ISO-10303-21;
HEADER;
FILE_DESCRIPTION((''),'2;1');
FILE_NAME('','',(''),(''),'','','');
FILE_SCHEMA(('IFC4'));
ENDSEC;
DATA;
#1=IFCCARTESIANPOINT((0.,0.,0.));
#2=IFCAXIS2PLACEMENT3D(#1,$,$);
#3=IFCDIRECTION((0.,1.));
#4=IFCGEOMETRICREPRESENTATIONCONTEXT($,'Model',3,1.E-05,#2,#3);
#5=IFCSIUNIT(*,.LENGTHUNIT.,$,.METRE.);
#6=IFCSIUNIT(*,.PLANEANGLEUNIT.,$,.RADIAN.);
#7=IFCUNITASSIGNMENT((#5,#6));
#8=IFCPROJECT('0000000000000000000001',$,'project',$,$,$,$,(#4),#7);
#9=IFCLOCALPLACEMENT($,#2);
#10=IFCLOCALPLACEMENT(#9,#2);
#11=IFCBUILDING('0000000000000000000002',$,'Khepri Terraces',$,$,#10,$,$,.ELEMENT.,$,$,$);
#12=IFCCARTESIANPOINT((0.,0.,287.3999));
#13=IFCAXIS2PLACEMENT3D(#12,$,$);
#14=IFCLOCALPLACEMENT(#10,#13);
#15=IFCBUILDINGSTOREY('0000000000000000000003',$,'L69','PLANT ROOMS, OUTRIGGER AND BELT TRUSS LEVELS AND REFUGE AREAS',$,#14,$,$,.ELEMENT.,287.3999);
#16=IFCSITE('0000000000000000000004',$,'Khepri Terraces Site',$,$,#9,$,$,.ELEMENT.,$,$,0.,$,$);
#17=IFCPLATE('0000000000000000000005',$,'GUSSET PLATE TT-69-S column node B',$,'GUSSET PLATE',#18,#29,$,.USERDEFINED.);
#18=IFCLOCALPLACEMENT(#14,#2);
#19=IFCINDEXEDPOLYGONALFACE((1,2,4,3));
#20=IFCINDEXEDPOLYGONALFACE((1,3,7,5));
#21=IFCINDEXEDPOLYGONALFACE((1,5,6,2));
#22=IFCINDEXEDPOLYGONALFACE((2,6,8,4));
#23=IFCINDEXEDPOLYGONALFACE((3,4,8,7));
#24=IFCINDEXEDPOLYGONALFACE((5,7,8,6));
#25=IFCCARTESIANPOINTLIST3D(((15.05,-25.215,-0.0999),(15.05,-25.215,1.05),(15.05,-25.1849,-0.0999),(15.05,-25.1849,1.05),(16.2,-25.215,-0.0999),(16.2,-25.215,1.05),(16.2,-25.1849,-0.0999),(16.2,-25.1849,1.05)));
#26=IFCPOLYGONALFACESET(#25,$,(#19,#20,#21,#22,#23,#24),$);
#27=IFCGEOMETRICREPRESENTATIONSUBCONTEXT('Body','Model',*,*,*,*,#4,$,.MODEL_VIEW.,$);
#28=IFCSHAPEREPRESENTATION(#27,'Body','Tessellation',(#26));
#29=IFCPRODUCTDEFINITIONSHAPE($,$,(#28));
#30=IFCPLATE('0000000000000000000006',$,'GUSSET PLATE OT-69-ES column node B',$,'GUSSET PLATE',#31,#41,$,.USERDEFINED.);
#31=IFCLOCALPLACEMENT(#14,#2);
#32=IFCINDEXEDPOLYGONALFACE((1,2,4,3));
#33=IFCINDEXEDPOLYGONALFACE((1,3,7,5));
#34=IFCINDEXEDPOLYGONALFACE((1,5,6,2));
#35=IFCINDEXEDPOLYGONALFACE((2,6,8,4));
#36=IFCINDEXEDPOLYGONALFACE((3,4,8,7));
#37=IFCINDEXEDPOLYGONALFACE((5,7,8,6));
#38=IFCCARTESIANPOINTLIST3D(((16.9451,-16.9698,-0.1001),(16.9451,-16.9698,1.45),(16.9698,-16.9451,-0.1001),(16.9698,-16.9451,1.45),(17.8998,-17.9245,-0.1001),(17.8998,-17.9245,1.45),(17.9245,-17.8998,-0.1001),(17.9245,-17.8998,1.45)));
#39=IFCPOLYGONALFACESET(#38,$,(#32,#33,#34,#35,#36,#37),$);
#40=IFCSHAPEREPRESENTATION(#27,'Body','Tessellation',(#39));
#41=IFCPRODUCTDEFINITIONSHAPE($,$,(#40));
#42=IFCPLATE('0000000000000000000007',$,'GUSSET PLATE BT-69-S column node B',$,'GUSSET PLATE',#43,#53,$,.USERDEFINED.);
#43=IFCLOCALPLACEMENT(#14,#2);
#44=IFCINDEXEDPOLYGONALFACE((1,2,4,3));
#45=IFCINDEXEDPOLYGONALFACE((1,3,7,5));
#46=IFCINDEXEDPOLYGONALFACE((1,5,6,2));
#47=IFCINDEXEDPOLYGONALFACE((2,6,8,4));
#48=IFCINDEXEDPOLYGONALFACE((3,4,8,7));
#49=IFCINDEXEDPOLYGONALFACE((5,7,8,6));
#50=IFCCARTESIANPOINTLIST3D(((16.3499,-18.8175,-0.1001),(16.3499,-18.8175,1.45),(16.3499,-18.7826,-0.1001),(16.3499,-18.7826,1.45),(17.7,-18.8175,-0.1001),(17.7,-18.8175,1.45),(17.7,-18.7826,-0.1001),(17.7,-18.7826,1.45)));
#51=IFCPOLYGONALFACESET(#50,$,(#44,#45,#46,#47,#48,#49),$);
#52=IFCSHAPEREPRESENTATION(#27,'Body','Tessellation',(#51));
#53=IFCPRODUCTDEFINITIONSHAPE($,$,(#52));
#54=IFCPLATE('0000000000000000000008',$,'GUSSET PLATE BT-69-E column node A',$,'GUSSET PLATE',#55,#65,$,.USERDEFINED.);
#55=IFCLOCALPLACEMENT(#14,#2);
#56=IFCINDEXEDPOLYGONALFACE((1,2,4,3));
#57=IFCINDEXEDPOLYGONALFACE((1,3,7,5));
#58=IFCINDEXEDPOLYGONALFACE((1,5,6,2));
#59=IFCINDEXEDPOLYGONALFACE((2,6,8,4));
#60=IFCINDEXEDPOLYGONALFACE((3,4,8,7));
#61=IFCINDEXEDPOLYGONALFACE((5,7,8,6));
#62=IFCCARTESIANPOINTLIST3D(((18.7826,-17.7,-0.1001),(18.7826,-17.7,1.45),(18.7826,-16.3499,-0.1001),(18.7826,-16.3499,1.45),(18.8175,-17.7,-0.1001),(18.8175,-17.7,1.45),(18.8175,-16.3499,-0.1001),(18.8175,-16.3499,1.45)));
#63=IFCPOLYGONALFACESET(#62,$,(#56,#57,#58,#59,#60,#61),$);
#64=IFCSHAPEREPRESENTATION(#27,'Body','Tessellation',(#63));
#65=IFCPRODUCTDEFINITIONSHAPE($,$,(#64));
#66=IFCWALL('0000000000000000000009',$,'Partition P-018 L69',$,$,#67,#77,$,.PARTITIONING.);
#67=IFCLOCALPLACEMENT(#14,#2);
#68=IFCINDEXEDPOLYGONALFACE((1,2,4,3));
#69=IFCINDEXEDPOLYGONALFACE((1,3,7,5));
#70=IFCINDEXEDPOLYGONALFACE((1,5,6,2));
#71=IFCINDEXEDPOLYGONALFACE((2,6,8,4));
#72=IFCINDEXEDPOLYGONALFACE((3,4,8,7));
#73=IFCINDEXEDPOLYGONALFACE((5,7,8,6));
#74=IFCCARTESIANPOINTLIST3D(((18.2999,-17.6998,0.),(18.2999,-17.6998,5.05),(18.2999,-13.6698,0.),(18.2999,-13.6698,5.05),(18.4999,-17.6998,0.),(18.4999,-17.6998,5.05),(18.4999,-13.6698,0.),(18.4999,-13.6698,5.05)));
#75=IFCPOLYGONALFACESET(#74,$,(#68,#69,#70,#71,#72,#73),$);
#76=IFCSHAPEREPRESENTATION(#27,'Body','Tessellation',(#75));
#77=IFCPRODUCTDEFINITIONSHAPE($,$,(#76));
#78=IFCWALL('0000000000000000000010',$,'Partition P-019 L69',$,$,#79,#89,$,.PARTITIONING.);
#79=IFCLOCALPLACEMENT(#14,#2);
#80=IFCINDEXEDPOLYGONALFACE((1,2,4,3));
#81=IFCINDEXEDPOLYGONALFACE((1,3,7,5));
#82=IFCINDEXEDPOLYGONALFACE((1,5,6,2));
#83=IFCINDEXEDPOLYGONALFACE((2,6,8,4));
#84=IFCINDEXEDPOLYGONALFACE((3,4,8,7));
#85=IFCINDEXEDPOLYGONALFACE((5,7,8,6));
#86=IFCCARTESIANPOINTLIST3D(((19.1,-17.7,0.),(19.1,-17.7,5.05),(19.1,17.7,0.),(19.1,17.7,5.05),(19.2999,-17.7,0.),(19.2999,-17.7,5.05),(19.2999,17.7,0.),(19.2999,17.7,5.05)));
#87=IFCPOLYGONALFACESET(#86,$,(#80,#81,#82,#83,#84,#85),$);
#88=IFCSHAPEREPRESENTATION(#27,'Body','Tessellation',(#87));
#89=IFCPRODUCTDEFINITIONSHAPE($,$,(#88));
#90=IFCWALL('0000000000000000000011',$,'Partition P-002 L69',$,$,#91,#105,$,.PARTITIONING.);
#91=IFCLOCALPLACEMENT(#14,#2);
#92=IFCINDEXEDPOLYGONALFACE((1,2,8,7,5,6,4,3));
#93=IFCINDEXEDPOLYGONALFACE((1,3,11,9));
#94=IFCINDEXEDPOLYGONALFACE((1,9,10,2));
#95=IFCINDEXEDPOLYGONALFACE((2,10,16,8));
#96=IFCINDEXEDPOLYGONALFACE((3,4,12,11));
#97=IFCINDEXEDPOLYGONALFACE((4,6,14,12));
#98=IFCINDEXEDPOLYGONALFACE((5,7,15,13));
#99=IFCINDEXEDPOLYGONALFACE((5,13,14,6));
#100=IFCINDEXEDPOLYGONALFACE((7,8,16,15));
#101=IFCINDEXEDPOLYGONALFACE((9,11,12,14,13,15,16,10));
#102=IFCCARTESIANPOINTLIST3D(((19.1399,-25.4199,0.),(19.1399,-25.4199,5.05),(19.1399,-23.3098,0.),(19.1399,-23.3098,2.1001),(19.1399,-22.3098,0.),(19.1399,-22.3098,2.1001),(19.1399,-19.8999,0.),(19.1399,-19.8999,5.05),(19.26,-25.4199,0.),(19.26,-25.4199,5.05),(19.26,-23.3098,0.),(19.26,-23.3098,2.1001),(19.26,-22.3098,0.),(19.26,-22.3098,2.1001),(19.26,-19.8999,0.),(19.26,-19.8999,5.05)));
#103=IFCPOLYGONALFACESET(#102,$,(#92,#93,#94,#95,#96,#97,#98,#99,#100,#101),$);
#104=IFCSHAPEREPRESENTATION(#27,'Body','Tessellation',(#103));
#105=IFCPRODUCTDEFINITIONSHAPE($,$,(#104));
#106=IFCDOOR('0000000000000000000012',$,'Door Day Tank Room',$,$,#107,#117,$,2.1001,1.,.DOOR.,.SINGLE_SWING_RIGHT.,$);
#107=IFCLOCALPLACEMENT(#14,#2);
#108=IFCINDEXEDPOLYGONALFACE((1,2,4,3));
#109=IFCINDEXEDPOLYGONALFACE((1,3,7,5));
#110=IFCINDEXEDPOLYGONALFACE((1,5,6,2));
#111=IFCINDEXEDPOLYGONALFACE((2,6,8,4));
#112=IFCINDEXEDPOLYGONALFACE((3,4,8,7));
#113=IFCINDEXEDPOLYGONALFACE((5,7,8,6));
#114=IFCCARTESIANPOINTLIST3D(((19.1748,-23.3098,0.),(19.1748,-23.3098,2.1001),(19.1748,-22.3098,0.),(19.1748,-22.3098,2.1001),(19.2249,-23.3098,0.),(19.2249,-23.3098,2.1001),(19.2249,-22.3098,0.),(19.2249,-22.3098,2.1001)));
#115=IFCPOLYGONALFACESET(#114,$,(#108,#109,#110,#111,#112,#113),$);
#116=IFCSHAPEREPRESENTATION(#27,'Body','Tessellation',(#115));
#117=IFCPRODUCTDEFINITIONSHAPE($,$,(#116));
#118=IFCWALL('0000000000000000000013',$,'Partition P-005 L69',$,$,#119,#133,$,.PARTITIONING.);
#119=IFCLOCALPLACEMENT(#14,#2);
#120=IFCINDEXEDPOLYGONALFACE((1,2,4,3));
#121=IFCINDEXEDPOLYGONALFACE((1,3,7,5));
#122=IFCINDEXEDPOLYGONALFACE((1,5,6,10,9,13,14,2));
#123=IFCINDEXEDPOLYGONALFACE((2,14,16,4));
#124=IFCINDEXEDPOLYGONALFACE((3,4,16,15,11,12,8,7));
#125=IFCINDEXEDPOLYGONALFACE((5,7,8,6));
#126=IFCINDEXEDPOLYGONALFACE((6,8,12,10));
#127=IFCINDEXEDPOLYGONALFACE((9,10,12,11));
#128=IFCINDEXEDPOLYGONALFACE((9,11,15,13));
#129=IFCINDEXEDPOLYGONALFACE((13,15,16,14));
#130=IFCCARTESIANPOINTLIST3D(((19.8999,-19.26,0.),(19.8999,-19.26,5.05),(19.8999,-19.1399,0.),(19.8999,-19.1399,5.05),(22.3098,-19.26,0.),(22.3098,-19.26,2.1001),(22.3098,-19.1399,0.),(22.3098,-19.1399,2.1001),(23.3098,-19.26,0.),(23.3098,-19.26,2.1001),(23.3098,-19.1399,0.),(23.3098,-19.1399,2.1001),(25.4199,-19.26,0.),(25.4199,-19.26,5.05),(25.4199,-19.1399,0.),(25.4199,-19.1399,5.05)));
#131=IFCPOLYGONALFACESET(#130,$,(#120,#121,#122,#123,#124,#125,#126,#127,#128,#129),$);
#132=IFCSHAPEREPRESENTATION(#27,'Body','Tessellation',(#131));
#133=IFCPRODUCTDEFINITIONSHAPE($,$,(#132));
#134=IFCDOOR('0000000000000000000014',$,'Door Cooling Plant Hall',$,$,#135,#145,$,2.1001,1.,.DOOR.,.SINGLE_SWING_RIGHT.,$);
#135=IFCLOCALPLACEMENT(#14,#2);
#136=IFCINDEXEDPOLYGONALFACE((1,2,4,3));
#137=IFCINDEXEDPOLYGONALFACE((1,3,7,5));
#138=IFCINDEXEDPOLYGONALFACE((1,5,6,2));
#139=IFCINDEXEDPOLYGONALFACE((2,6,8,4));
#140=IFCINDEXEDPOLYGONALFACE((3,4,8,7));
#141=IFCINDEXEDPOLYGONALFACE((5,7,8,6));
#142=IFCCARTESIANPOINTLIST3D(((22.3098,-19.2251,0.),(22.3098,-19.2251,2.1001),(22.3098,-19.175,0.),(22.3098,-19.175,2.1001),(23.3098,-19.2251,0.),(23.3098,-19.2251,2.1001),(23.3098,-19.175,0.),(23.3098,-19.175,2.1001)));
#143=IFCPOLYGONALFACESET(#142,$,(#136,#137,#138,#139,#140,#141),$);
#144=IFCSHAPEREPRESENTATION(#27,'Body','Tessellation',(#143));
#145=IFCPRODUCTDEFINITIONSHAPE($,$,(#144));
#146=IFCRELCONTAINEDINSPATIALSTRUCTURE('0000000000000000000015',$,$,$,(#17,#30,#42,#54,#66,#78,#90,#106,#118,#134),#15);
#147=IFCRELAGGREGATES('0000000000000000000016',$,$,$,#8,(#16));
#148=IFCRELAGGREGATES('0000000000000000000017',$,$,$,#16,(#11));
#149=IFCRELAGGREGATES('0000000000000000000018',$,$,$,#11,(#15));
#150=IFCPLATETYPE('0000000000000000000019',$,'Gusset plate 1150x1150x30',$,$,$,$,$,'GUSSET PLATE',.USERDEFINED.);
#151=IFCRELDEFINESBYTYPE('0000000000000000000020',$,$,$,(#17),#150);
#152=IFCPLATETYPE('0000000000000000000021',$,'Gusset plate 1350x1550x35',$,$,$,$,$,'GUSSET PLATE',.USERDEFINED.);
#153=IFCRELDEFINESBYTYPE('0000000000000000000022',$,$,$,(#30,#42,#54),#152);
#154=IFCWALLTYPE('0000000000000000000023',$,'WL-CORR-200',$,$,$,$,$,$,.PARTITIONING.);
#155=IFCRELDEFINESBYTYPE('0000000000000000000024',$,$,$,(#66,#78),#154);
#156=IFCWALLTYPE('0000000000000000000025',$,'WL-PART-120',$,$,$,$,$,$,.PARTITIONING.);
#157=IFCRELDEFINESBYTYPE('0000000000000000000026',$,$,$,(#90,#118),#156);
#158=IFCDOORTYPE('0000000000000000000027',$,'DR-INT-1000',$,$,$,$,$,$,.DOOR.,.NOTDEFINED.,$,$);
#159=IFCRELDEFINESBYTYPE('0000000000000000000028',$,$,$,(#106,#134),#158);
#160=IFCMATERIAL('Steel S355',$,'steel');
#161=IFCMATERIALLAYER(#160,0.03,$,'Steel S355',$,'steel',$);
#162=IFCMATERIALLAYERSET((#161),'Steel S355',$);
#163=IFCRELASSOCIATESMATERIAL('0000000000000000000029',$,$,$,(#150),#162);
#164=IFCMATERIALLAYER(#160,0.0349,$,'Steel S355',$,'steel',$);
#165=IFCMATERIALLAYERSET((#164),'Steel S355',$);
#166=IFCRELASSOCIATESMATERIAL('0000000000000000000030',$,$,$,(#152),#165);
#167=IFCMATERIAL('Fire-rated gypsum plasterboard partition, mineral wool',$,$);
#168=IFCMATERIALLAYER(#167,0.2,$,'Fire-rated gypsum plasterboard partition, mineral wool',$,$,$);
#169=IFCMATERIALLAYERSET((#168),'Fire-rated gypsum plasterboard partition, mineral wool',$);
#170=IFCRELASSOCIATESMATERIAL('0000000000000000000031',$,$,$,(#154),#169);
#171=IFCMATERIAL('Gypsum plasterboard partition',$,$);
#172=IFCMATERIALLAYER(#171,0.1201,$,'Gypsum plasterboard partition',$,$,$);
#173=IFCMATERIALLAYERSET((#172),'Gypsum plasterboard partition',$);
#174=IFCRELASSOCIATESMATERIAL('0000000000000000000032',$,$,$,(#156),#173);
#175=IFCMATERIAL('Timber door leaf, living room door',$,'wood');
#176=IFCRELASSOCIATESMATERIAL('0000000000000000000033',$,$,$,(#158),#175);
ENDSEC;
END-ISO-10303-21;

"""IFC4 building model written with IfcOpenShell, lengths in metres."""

from ifc_helpers import new_model, si_unit, direction, frame, frame_2d, origin, origin_2d, place, context, subcontext, project, spatial, rectangle, extrude, material, layer, layer_set, type_object, element, fill, save


model = new_model("IFC4")

# Units and contexts
model_context = context("Model", 3, precision=1e-05, world=origin(), true_north=direction((0.0, 1.0)))
body_context = subcontext(model_context, "Body", "Model", "MODEL_VIEW")
ifc_project = project(units=[si_unit("LENGTHUNIT", "METRE"), si_unit("PLANEANGLEUNIT", "RADIAN")], contexts=[model_context])

# Site, building, storey
site_placement = place(None, origin())
site = spatial("IfcSite", under=ifc_project, at=site_placement, Name="Khepri Terraces Site", CompositionType="ELEMENT", RefElevation=0.0)
building_placement = place(site_placement, origin())
building = spatial("IfcBuilding", under=site, at=building_placement, Name="Khepri Terraces", CompositionType="ELEMENT")
storey_placement = place(building_placement, frame((0.0, 0.0, 287.3999)))
storey = spatial("IfcBuildingStorey", under=building, at=storey_placement, Name="L69", Description="PLANT ROOMS, OUTRIGGER AND BELT TRUSS LEVELS AND REFUGE AREAS", CompositionType="ELEMENT", Elevation=287.3999)

# Shared definitions
ifc_material_1 = material(Name="Steel S355", Category="steel")

# Plates
ifc_layer_1 = layer(ifc_material_1, 0.03, Name="Steel S355", Category="steel")
ifc_layer_set_1 = layer_set([ifc_layer_1], Name="Steel S355")
plate_type_1 = type_object("IfcPlateType", Name="Gusset plate 1150x1150x30", ElementType="GUSSET PLATE", PredefinedType="USERDEFINED", material=ifc_layer_set_1)
plate_placement = place(storey_placement, frame((15.625, -25.2, -0.0999), z_axis=(0.0, 0.0, 1.0), x_axis=(1.0, 0.0, 0.0)))
element("IfcPlate", 1, at=plate_placement, inside=storey, type_object=plate_type_1, Name="GUSSET PLATE TT-69-S column node B", ObjectType="GUSSET PLATE", PredefinedType="USERDEFINED", context=body_context, shape_type="SweptSolid", body=[
    extrude(rectangle(XDim=1.1499, YDim=0.03, at=origin_2d()), origin(), (0.0, 0.0, 1.0), 1.1499),
])
ifc_layer_2 = layer(ifc_material_1, 0.0349, Name="Steel S355", Category="steel")
ifc_layer_set_2 = layer_set([ifc_layer_2], Name="Steel S355")
plate_type_2 = type_object("IfcPlateType", Name="Gusset plate 1350x1550x35", ElementType="GUSSET PLATE", PredefinedType="USERDEFINED", material=ifc_layer_set_2)
for number, where, z_axis, x_axis, name in (
    (2, (17.4348, -17.4348, -0.1001), (0.0, 0.0, 1.0), (0.707107, -0.707107, 0.0), "GUSSET PLATE OT-69-ES column node B"),
    (3, (17.0249, -18.8, -0.1001), (0.0, 0.0, 1.0), (1.0, 0.0, 0.0), "GUSSET PLATE BT-69-S column node B"),
    (4, (18.8, -17.0249, -0.1001), (0.0, 0.0, 1.0), (0.0, 1.0, 0.0), "GUSSET PLATE BT-69-E column node A"),
):
    element("IfcPlate", number, at=place(storey_placement, frame(where, z_axis=z_axis, x_axis=x_axis)), inside=storey, type_object=plate_type_2, Name=name, ObjectType="GUSSET PLATE", PredefinedType="USERDEFINED", context=body_context, shape_type="SweptSolid", body=[
        extrude(rectangle(XDim=1.3501, YDim=0.0349, at=origin_2d()), origin(), (0.0, 0.0, 1.0), 1.55),
    ])

# Walls
ifc_material_2 = material(Name="Fire-rated gypsum plasterboard partition, mineral wool")
ifc_layer_3 = layer(ifc_material_2, 0.2, Name="Fire-rated gypsum plasterboard partition, mineral wool")
ifc_layer_set_3 = layer_set([ifc_layer_3], Name="Fire-rated gypsum plasterboard partition, mineral wool")
wall_type_1 = type_object("IfcWallType", Name="WL-CORR-200", PredefinedType="PARTITIONING", material=ifc_layer_set_3)
wall_1_placement = place(storey_placement, frame((18.3999, -17.7, 0.0), z_axis=(0.0, 0.0, 1.0), x_axis=(0.0, 1.0, 0.0)))
element("IfcWall", 5, at=wall_1_placement, inside=storey, type_object=wall_type_1, Name="Partition P-018 L69", PredefinedType="PARTITIONING", context=body_context, shape_type="SweptSolid", body=[
    extrude(rectangle(XDim=4.03, YDim=0.2, at=frame_2d((2.0151, 0.0))), origin(), (0.0, 0.0, 1.0), 5.05),
])
wall_2_placement = place(storey_placement, frame((19.2, -17.7, 0.0), z_axis=(0.0, 0.0, 1.0), x_axis=(0.0, 1.0, 0.0)))
element("IfcWall", 6, at=wall_2_placement, inside=storey, type_object=wall_type_1, Name="Partition P-019 L69", PredefinedType="PARTITIONING", context=body_context, shape_type="SweptSolid", body=[
    extrude(rectangle(XDim=35.3999, YDim=0.2, at=frame_2d((17.7, 0.0))), origin(), (0.0, 0.0, 1.0), 5.05),
])

# Walls, openings, doors
ifc_material_3 = material(Name="Gypsum plasterboard partition")
ifc_layer_4 = layer(ifc_material_3, 0.1201, Name="Gypsum plasterboard partition")
ifc_layer_set_4 = layer_set([ifc_layer_4], Name="Gypsum plasterboard partition")
wall_type_2 = type_object("IfcWallType", Name="WL-PART-120", PredefinedType="PARTITIONING", material=ifc_layer_set_4)
wall_3_placement = place(storey_placement, frame((19.2, -25.4199, 0.0), z_axis=(0.0, 0.0, 1.0), x_axis=(0.0, 1.0, 0.0)))
wall_3 = element("IfcWall", 7, at=wall_3_placement, inside=storey, type_object=wall_type_2, Name="Partition P-002 L69", PredefinedType="PARTITIONING", context=body_context, shape_type="SweptSolid", body=[
    extrude(rectangle(XDim=5.52, YDim=0.1201, at=frame_2d((2.76, 0.0))), origin(), (0.0, 0.0, 1.0), 5.05),
])
opening_1_placement = place(wall_3_placement, frame((2.1101, 0.0, 0.0)))
opening_1 = element("IfcOpeningElement", 8, at=opening_1_placement, cuts=wall_3, PredefinedType="OPENING", context=body_context, shape_type="SweptSolid", body=[
    extrude(rectangle(XDim=1.0, YDim=2.1001, at=frame_2d((0.5, 1.05))), frame((0.0, 0.0701, 0.0), z_axis=(0.0, -1.0, 0.0), x_axis=(1.0, 0.0, 0.0)), (0.0, 0.0, 1.0), 0.1401),
])
ifc_material_4 = material(Name="Timber door leaf, living room door", Category="wood")
door_type = type_object("IfcDoorType", Name="DR-INT-1000", OperationType="NOTDEFINED", PredefinedType="DOOR", material=ifc_material_4)
door_1_placement = place(opening_1_placement, frame((1.0, 0.0, 0.0), z_axis=(0.0, 0.0, 1.0), x_axis=(-1.0, 0.0, 0.0)))
door_1 = element("IfcDoor", 9, at=door_1_placement, inside=storey, type_object=door_type, Name="Door Day Tank Room", OperationType="SINGLE_SWING_RIGHT", OverallHeight=2.1001, OverallWidth=1.0, PredefinedType="DOOR", context=body_context, shape_type="SweptSolid", body=[
    extrude(rectangle(XDim=1.0, YDim=2.1001, at=frame_2d((0.5, 1.05))), frame((0.0, 0.0249, 0.0), z_axis=(0.0, -1.0, 0.0), x_axis=(1.0, 0.0, 0.0)), (0.0, 0.0, 1.0), 0.05),
])
fill(opening_1, door_1)
wall_4_placement = place(storey_placement, frame((19.8999, -19.2, 0.0), z_axis=(0.0, 0.0, 1.0), x_axis=(1.0, 0.0, 0.0)))
wall_4 = element("IfcWall", 10, at=wall_4_placement, inside=storey, type_object=wall_type_2, Name="Partition P-005 L69", PredefinedType="PARTITIONING", context=body_context, shape_type="SweptSolid", body=[
    extrude(rectangle(XDim=5.52, YDim=0.1201, at=frame_2d((2.76, 0.0))), origin(), (0.0, 0.0, 1.0), 5.05),
])
opening_2_placement = place(wall_4_placement, frame((2.4099, 0.0, 0.0)))
opening_2 = element("IfcOpeningElement", 11, at=opening_2_placement, cuts=wall_4, PredefinedType="OPENING", context=body_context, shape_type="SweptSolid", body=[
    extrude(rectangle(XDim=1.0, YDim=2.1001, at=frame_2d((0.5, 1.05))), frame((0.0, 0.0701, 0.0), z_axis=(0.0, -1.0, 0.0), x_axis=(1.0, 0.0, 0.0)), (0.0, 0.0, 1.0), 0.1401),
])
door_2_placement = place(opening_2_placement, origin())
door_2 = element("IfcDoor", 12, at=door_2_placement, inside=storey, type_object=door_type, Name="Door Cooling Plant Hall", OperationType="SINGLE_SWING_RIGHT", OverallHeight=2.1001, OverallWidth=1.0, PredefinedType="DOOR", context=body_context, shape_type="SweptSolid", body=[
    extrude(rectangle(XDim=1.0, YDim=2.1001, at=frame_2d((0.5, 1.05))), frame((0.0, 0.0249, 0.0), z_axis=(0.0, -1.0, 0.0), x_axis=(1.0, 0.0, 0.0)), (0.0, 0.0, 1.0), 0.05),
])
fill(opening_2, door_2)

save(model, "model.ifc")
